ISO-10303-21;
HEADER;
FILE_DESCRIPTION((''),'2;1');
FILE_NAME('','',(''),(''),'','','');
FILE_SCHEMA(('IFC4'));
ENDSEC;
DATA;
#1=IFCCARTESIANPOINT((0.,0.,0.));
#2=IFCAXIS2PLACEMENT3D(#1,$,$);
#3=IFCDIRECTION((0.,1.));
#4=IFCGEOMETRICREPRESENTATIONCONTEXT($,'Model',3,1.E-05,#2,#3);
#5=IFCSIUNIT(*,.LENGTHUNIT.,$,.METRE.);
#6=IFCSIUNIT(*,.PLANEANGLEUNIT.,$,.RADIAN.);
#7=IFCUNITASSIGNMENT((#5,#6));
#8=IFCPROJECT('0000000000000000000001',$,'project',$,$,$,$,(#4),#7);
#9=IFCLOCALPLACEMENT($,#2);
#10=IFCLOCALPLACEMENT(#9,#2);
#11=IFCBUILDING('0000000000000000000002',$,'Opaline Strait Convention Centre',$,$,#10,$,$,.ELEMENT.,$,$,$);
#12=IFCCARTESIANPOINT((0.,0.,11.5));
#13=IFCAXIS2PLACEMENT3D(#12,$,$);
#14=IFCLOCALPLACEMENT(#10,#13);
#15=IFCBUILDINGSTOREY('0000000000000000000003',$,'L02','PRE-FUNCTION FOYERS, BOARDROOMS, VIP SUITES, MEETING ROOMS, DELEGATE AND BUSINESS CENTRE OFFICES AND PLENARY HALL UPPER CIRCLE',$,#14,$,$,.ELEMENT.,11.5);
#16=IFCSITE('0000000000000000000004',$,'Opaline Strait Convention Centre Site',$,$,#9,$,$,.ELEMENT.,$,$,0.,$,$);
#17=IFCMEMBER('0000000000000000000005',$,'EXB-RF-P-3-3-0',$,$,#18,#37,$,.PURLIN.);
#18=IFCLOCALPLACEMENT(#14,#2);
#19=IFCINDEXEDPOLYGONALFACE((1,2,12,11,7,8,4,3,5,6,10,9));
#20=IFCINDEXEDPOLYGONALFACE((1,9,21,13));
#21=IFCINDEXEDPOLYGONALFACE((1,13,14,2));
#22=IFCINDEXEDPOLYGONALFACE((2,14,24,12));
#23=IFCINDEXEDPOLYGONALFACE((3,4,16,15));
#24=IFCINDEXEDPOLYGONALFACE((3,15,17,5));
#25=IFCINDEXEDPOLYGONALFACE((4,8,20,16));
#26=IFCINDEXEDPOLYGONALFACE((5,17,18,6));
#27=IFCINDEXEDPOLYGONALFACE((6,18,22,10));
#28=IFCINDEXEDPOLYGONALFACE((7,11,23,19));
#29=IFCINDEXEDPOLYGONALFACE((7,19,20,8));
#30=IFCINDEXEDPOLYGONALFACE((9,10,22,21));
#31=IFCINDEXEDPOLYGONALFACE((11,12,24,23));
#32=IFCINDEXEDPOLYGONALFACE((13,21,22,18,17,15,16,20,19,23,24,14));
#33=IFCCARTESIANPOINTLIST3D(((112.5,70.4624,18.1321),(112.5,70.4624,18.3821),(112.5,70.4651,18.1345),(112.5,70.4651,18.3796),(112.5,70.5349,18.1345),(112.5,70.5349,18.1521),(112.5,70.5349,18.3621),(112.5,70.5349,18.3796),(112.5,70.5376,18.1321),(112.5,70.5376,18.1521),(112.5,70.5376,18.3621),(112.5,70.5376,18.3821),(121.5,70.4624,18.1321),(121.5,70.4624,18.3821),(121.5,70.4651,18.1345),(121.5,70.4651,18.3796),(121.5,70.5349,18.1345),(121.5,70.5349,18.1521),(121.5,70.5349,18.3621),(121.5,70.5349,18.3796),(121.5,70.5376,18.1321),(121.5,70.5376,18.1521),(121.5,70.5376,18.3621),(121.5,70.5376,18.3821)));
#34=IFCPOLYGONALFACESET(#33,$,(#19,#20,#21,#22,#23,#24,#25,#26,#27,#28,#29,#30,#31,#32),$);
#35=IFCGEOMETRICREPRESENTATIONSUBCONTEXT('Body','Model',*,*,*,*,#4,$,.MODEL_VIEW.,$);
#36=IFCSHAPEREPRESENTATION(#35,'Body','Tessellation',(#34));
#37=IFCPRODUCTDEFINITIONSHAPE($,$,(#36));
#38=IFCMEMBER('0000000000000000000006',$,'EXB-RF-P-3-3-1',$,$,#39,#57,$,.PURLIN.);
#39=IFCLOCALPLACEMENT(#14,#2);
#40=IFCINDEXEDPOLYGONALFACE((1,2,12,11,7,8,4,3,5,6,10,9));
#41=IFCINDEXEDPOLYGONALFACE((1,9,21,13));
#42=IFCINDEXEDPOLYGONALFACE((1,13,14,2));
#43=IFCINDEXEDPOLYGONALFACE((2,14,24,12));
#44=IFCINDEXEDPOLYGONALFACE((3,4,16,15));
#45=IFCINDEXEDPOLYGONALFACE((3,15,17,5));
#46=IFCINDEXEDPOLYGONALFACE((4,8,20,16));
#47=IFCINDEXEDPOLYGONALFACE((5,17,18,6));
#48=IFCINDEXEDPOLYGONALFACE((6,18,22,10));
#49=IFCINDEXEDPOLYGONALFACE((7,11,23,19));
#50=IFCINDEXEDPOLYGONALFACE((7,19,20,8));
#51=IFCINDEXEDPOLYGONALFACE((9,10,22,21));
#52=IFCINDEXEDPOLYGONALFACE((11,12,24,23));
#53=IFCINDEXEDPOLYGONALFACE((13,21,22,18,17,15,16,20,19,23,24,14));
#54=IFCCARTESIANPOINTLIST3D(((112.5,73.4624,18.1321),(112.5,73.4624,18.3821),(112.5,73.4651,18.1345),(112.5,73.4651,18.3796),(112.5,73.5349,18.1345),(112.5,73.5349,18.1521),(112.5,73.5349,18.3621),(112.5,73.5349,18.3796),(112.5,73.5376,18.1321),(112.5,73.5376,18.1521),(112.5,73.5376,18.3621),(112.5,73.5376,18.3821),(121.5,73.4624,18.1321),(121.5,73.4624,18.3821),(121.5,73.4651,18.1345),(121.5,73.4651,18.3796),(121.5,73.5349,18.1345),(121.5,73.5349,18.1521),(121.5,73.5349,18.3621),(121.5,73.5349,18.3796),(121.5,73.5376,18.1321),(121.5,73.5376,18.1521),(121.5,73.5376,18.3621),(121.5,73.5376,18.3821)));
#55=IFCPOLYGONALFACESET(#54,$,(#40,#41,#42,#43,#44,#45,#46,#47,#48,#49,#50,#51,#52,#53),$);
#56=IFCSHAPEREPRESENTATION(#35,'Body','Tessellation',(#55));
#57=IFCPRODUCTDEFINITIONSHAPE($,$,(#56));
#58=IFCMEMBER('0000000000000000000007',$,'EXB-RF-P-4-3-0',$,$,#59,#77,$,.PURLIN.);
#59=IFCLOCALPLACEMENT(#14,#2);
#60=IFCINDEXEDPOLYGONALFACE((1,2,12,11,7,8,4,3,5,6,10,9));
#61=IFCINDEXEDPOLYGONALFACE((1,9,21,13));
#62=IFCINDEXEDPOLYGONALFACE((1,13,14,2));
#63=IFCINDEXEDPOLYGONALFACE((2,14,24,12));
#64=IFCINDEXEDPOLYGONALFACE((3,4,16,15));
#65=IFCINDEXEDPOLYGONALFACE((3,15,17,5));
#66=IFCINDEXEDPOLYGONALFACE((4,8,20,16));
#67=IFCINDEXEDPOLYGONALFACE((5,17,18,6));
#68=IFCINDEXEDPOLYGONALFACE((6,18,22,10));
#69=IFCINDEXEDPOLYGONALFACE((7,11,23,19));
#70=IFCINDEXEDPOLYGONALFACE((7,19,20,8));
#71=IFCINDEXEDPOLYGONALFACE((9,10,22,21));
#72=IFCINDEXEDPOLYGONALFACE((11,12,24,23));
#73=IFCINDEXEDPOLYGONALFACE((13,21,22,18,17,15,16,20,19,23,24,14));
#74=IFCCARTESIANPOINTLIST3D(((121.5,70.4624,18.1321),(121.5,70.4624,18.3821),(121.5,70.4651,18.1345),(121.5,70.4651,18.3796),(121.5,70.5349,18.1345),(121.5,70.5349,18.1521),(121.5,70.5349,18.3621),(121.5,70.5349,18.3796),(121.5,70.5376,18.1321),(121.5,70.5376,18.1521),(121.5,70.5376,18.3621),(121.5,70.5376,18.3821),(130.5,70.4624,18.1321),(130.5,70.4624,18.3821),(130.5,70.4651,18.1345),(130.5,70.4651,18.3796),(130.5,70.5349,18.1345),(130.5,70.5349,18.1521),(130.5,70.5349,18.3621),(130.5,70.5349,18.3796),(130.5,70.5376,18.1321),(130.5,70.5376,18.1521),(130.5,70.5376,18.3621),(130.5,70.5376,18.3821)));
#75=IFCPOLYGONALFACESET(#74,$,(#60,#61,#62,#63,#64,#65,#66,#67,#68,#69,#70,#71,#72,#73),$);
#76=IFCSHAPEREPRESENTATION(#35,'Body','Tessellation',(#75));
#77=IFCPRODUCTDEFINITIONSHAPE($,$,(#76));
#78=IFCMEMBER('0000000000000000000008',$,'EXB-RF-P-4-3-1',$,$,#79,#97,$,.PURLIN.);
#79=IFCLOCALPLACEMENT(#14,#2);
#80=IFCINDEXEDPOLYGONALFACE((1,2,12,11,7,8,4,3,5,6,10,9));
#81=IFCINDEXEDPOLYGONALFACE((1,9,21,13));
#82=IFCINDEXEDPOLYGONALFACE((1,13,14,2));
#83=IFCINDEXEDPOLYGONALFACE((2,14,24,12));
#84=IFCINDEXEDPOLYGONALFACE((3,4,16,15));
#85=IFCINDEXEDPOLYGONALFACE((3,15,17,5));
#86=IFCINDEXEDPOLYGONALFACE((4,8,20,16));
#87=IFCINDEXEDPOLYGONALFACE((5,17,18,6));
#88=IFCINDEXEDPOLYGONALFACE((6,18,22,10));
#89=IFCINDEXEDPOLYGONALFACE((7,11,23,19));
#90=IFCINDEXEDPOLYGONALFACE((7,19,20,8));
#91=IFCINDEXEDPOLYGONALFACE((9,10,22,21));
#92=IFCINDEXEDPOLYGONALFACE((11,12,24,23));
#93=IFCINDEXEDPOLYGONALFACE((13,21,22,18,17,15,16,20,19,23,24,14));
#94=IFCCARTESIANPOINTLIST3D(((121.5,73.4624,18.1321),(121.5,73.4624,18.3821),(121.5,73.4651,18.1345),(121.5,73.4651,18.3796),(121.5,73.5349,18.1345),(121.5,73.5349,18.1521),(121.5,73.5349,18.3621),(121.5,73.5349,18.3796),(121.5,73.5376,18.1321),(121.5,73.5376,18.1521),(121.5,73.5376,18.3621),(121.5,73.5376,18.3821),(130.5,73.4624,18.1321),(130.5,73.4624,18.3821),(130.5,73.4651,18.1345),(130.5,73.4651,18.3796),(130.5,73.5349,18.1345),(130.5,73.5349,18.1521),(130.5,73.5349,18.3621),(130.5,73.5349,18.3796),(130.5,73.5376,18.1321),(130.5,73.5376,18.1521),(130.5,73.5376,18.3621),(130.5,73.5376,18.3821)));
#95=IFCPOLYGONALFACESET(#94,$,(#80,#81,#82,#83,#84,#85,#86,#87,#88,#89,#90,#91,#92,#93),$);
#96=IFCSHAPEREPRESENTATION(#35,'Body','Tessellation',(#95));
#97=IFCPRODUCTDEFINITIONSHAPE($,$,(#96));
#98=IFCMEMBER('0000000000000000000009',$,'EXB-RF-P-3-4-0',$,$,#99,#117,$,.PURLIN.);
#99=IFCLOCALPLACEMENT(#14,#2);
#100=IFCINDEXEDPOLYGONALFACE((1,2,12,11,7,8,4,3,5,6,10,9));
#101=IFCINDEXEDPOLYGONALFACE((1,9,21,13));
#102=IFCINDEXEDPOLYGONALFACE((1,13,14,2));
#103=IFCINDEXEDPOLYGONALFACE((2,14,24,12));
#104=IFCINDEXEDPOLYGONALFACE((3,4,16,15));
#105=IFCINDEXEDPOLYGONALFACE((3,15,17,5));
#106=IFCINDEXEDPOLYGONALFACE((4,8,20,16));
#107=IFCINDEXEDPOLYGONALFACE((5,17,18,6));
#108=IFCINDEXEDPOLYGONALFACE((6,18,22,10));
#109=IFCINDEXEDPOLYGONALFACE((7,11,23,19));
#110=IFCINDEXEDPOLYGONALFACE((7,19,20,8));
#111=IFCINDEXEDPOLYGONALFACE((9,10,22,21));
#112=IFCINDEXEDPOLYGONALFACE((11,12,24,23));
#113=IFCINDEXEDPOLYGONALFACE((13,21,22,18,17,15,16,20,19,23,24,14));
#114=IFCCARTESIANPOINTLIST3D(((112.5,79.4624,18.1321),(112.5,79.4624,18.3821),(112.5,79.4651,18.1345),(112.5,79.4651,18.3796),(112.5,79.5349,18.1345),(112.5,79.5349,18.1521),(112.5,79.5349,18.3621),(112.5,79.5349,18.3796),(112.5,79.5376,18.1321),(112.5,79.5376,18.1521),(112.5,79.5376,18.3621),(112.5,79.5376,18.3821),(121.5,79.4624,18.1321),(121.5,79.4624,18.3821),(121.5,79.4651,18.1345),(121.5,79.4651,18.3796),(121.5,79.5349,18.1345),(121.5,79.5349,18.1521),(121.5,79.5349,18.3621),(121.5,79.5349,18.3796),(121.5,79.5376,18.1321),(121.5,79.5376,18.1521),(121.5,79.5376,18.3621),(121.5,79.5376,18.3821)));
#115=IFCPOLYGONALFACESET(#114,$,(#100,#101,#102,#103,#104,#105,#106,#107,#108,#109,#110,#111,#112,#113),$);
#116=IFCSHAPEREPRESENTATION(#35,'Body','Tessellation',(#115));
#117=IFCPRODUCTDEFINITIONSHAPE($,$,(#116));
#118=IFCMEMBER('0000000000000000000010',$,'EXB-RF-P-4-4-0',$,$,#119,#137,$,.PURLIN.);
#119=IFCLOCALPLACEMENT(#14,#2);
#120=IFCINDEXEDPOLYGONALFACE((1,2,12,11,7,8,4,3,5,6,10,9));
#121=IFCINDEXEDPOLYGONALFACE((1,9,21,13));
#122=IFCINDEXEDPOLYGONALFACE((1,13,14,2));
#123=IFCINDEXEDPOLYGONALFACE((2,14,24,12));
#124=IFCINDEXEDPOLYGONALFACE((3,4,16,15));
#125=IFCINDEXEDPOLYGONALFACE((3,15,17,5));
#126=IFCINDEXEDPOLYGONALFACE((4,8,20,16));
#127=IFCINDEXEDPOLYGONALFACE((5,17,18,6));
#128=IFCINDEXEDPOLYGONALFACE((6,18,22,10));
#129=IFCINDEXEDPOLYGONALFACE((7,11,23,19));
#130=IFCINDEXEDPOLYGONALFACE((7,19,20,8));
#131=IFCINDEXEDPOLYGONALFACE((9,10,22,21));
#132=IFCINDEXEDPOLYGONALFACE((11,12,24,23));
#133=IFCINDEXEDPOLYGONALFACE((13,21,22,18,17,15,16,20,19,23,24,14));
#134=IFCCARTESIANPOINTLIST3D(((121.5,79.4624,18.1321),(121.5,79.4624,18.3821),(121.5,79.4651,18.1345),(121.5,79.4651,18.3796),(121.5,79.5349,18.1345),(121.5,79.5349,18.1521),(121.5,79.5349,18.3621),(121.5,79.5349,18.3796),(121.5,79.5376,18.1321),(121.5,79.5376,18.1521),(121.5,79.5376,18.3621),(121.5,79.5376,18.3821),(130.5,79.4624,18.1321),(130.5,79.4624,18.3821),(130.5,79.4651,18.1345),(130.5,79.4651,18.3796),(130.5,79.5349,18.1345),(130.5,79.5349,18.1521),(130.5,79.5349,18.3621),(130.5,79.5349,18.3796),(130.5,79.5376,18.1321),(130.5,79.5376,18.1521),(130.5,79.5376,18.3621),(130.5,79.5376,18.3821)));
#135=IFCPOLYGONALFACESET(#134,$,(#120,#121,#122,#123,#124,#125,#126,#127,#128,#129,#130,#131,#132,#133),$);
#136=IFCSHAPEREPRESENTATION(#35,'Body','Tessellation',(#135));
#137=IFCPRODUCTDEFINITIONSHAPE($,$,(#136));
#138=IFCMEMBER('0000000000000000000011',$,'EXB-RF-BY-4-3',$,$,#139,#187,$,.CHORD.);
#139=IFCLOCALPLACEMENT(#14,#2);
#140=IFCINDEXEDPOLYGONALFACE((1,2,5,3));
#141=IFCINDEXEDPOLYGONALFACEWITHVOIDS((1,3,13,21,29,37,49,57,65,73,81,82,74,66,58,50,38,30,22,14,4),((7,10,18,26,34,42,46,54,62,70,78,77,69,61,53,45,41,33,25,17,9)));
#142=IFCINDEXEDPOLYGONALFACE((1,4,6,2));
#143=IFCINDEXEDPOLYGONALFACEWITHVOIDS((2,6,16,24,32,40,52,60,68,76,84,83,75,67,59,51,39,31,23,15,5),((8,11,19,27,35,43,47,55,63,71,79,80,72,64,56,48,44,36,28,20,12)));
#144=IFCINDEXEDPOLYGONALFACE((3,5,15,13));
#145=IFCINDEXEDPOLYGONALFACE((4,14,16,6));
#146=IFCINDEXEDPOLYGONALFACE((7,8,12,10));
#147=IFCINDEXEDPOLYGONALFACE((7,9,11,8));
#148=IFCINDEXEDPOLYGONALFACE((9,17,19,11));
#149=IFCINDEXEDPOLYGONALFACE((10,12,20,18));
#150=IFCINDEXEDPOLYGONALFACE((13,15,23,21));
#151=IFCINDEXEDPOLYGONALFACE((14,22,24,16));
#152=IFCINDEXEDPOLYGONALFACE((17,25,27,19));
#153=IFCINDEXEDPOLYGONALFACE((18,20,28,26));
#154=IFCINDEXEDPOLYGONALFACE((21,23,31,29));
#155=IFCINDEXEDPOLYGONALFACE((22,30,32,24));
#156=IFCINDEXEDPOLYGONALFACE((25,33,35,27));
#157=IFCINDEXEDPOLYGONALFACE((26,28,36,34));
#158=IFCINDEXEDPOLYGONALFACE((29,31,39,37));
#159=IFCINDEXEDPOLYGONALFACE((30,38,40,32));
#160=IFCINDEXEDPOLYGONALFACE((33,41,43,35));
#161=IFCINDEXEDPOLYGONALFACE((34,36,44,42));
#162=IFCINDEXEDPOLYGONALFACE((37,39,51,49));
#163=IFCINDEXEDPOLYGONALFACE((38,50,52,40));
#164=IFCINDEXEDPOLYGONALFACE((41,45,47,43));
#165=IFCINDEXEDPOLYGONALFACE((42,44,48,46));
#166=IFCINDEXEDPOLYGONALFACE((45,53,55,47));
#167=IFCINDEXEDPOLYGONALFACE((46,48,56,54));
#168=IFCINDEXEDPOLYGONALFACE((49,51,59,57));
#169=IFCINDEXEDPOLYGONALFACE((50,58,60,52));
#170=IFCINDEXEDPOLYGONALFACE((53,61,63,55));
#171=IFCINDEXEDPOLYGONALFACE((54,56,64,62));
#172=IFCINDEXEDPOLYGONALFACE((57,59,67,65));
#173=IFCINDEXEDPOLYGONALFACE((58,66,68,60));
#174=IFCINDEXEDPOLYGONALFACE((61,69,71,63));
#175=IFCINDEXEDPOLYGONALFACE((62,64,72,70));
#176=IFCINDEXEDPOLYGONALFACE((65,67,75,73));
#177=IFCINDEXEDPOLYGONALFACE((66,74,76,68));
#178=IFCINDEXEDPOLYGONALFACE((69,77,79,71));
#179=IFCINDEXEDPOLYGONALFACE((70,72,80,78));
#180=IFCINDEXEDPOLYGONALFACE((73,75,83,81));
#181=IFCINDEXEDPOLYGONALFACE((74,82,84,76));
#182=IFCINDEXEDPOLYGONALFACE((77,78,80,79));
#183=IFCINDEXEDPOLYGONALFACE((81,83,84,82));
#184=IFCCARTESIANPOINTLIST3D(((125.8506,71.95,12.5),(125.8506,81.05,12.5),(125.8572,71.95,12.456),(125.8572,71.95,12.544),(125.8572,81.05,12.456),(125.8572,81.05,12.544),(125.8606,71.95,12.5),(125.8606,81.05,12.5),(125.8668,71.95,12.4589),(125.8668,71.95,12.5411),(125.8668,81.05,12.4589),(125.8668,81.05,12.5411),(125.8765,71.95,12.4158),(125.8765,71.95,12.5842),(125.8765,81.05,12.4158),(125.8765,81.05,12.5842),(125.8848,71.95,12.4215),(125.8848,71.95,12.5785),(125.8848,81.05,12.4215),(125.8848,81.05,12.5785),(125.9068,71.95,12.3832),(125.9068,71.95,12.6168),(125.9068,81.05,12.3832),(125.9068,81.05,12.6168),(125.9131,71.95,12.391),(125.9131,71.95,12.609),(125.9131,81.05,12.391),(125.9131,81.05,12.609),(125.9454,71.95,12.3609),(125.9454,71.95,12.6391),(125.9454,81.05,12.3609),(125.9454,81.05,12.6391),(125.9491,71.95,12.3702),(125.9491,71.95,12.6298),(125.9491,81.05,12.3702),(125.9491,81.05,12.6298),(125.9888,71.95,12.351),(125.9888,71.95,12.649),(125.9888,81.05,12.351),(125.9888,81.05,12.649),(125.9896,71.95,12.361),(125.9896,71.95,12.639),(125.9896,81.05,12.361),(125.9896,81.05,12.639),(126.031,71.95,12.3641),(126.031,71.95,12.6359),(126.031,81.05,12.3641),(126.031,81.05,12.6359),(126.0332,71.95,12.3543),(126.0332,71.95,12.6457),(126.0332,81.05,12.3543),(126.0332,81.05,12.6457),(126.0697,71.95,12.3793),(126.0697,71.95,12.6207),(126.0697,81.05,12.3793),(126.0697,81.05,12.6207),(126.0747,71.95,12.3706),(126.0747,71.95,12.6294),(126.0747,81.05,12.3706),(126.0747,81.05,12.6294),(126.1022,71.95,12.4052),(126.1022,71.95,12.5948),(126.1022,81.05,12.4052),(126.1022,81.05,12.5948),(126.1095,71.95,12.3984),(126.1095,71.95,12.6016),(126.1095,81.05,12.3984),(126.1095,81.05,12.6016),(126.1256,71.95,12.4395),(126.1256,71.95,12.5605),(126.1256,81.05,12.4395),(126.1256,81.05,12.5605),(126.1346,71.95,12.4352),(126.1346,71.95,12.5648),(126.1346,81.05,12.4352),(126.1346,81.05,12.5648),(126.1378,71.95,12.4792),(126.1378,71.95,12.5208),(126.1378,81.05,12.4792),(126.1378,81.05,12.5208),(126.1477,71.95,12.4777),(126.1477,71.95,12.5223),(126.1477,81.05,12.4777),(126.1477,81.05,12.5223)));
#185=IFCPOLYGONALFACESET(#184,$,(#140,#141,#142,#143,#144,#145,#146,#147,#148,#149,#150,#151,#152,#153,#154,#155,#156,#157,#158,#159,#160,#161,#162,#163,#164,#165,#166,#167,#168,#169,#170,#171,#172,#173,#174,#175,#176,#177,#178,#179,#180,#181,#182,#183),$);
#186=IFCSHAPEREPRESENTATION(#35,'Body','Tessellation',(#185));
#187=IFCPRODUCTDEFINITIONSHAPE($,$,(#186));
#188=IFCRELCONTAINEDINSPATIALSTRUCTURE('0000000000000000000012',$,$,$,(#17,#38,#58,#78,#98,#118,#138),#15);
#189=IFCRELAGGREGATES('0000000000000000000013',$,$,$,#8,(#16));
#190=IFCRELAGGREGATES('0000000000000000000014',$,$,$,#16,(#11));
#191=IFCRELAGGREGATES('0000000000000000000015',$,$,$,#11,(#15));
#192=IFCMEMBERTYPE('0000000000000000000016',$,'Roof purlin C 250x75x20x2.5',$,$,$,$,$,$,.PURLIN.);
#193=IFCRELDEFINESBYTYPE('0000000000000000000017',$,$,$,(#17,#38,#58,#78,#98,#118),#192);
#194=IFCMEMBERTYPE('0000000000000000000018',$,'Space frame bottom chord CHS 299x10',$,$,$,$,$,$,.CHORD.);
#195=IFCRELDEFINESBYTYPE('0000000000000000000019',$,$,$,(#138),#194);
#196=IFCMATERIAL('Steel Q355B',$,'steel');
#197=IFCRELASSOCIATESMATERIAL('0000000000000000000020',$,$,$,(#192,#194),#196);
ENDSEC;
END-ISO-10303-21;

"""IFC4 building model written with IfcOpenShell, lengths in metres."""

from ifc_helpers import new_model, si_unit, direction, frame, origin, origin_2d, place, context, subcontext, project, spatial, polyline, hollow_circle, outline, extrude, material, material_profile, profile_set, type_object, element, save


model = new_model("IFC4")

# Units and contexts
model_context = context("Model", 3, precision=1e-05, world=origin(), true_north=direction((0.0, 1.0)))
body_context = subcontext(model_context, "Body", "Model", "MODEL_VIEW")
ifc_project = project(units=[si_unit("LENGTHUNIT", "METRE"), si_unit("PLANEANGLEUNIT", "RADIAN")], contexts=[model_context])

# Site, building, storey
site_placement = place(None, origin())
site = spatial("IfcSite", under=ifc_project, at=site_placement, Name="Opaline Strait Convention Centre Site", CompositionType="ELEMENT", RefElevation=0.0)
building_placement = place(site_placement, origin())
building = spatial("IfcBuilding", under=site, at=building_placement, Name="Opaline Strait Convention Centre", CompositionType="ELEMENT")
storey_placement = place(building_placement, frame((0.0, 0.0, 11.5)))
storey = spatial("IfcBuildingStorey", under=building, at=storey_placement, Name="L02", Description="PRE-FUNCTION FOYERS, BOARDROOMS, VIP SUITES, MEETING ROOMS, DELEGATE AND BUSINESS CENTRE OFFICES AND PLENARY HALL UPPER CIRCLE", CompositionType="ELEMENT", Elevation=11.5)

# Members
ifc_material_1 = material(Name="Steel Q355B", Category="steel")
ifc_material_profile_1 = material_profile(ifc_material_1, outline(polyline([(-0.0376, -0.125), (0.0376, -0.125), (0.0376, -0.105), (0.0349, -0.105), (0.0349, -0.1226), (-0.0349, -0.1226), (-0.0349, 0.1226), (0.0349, 0.1226), (0.0349, 0.105), (0.0376, 0.105), (0.0376, 0.125), (-0.0376, 0.125), (-0.0376, -0.125)])), Name="C 250x75x20x2.5")
ifc_profile_set_1 = profile_set([ifc_material_profile_1], Name="Steel Q355B")
member_type_1 = type_object("IfcMemberType", Name="Roof purlin C 250x75x20x2.5", PredefinedType="PURLIN", material=ifc_profile_set_1)
for number, where, z_axis, x_axis, name in (
    (1, (112.5, 70.5, 18.2571), (1.0, 0.0, 0.0), (0.0, 1.0, 0.0), "EXB-RF-P-3-3-0"),
    (2, (112.5, 73.5, 18.2571), (1.0, 0.0, 0.0), (0.0, 1.0, 0.0), "EXB-RF-P-3-3-1"),
    (3, (121.5, 70.5, 18.2571), (1.0, 0.0, 0.0), (0.0, 1.0, 0.0), "EXB-RF-P-4-3-0"),
    (4, (121.5, 73.5, 18.2571), (1.0, 0.0, 0.0), (0.0, 1.0, 0.0), "EXB-RF-P-4-3-1"),
    (5, (112.5, 79.5, 18.2571), (1.0, 0.0, 0.0), (0.0, 1.0, 0.0), "EXB-RF-P-3-4-0"),
    (6, (121.5, 79.5, 18.2571), (1.0, 0.0, 0.0), (0.0, 1.0, 0.0), "EXB-RF-P-4-4-0"),
):
    element("IfcMember", number, at=place(storey_placement, frame(where, z_axis=z_axis, x_axis=x_axis)), inside=storey, type_object=member_type_1, Name=name, PredefinedType="PURLIN", context=body_context, shape_type="SweptSolid", body=[
        extrude(outline(polyline([(-0.0376, -0.125), (0.0376, -0.125), (0.0376, -0.105), (0.0349, -0.105), (0.0349, -0.1226), (-0.0349, -0.1226), (-0.0349, 0.1226), (0.0349, 0.1226), (0.0349, 0.105), (0.0376, 0.105), (0.0376, 0.125), (-0.0376, 0.125), (-0.0376, -0.125)])), origin(), (0.0, 0.0, 1.0), 9.0),
    ])
ifc_material_profile_2 = material_profile(ifc_material_1, hollow_circle(Radius=0.1494, WallThickness=0.01, at=origin_2d()), Name="CHS 299x10")
ifc_profile_set_2 = profile_set([ifc_material_profile_2], Name="Steel Q355B")
member_type_2 = type_object("IfcMemberType", Name="Space frame bottom chord CHS 299x10", PredefinedType="CHORD", material=ifc_profile_set_2)
for number, where, z_axis, x_axis, name in (
    (7, (126.0, 71.95, 12.5), (0.0, 1.0, 0.0), (-1.0, 0.0, 0.0), "EXB-RF-BY-4-3"),
):
    element("IfcMember", number, at=place(storey_placement, frame(where, z_axis=z_axis, x_axis=x_axis)), inside=storey, type_object=member_type_2, Name=name, PredefinedType="CHORD", context=body_context, shape_type="SweptSolid", body=[
        extrude(hollow_circle(Radius=0.1494, WallThickness=0.01, at=origin_2d()), origin(), (0.0, 0.0, 1.0), 9.1001),
    ])

save(model, "model.ifc")
